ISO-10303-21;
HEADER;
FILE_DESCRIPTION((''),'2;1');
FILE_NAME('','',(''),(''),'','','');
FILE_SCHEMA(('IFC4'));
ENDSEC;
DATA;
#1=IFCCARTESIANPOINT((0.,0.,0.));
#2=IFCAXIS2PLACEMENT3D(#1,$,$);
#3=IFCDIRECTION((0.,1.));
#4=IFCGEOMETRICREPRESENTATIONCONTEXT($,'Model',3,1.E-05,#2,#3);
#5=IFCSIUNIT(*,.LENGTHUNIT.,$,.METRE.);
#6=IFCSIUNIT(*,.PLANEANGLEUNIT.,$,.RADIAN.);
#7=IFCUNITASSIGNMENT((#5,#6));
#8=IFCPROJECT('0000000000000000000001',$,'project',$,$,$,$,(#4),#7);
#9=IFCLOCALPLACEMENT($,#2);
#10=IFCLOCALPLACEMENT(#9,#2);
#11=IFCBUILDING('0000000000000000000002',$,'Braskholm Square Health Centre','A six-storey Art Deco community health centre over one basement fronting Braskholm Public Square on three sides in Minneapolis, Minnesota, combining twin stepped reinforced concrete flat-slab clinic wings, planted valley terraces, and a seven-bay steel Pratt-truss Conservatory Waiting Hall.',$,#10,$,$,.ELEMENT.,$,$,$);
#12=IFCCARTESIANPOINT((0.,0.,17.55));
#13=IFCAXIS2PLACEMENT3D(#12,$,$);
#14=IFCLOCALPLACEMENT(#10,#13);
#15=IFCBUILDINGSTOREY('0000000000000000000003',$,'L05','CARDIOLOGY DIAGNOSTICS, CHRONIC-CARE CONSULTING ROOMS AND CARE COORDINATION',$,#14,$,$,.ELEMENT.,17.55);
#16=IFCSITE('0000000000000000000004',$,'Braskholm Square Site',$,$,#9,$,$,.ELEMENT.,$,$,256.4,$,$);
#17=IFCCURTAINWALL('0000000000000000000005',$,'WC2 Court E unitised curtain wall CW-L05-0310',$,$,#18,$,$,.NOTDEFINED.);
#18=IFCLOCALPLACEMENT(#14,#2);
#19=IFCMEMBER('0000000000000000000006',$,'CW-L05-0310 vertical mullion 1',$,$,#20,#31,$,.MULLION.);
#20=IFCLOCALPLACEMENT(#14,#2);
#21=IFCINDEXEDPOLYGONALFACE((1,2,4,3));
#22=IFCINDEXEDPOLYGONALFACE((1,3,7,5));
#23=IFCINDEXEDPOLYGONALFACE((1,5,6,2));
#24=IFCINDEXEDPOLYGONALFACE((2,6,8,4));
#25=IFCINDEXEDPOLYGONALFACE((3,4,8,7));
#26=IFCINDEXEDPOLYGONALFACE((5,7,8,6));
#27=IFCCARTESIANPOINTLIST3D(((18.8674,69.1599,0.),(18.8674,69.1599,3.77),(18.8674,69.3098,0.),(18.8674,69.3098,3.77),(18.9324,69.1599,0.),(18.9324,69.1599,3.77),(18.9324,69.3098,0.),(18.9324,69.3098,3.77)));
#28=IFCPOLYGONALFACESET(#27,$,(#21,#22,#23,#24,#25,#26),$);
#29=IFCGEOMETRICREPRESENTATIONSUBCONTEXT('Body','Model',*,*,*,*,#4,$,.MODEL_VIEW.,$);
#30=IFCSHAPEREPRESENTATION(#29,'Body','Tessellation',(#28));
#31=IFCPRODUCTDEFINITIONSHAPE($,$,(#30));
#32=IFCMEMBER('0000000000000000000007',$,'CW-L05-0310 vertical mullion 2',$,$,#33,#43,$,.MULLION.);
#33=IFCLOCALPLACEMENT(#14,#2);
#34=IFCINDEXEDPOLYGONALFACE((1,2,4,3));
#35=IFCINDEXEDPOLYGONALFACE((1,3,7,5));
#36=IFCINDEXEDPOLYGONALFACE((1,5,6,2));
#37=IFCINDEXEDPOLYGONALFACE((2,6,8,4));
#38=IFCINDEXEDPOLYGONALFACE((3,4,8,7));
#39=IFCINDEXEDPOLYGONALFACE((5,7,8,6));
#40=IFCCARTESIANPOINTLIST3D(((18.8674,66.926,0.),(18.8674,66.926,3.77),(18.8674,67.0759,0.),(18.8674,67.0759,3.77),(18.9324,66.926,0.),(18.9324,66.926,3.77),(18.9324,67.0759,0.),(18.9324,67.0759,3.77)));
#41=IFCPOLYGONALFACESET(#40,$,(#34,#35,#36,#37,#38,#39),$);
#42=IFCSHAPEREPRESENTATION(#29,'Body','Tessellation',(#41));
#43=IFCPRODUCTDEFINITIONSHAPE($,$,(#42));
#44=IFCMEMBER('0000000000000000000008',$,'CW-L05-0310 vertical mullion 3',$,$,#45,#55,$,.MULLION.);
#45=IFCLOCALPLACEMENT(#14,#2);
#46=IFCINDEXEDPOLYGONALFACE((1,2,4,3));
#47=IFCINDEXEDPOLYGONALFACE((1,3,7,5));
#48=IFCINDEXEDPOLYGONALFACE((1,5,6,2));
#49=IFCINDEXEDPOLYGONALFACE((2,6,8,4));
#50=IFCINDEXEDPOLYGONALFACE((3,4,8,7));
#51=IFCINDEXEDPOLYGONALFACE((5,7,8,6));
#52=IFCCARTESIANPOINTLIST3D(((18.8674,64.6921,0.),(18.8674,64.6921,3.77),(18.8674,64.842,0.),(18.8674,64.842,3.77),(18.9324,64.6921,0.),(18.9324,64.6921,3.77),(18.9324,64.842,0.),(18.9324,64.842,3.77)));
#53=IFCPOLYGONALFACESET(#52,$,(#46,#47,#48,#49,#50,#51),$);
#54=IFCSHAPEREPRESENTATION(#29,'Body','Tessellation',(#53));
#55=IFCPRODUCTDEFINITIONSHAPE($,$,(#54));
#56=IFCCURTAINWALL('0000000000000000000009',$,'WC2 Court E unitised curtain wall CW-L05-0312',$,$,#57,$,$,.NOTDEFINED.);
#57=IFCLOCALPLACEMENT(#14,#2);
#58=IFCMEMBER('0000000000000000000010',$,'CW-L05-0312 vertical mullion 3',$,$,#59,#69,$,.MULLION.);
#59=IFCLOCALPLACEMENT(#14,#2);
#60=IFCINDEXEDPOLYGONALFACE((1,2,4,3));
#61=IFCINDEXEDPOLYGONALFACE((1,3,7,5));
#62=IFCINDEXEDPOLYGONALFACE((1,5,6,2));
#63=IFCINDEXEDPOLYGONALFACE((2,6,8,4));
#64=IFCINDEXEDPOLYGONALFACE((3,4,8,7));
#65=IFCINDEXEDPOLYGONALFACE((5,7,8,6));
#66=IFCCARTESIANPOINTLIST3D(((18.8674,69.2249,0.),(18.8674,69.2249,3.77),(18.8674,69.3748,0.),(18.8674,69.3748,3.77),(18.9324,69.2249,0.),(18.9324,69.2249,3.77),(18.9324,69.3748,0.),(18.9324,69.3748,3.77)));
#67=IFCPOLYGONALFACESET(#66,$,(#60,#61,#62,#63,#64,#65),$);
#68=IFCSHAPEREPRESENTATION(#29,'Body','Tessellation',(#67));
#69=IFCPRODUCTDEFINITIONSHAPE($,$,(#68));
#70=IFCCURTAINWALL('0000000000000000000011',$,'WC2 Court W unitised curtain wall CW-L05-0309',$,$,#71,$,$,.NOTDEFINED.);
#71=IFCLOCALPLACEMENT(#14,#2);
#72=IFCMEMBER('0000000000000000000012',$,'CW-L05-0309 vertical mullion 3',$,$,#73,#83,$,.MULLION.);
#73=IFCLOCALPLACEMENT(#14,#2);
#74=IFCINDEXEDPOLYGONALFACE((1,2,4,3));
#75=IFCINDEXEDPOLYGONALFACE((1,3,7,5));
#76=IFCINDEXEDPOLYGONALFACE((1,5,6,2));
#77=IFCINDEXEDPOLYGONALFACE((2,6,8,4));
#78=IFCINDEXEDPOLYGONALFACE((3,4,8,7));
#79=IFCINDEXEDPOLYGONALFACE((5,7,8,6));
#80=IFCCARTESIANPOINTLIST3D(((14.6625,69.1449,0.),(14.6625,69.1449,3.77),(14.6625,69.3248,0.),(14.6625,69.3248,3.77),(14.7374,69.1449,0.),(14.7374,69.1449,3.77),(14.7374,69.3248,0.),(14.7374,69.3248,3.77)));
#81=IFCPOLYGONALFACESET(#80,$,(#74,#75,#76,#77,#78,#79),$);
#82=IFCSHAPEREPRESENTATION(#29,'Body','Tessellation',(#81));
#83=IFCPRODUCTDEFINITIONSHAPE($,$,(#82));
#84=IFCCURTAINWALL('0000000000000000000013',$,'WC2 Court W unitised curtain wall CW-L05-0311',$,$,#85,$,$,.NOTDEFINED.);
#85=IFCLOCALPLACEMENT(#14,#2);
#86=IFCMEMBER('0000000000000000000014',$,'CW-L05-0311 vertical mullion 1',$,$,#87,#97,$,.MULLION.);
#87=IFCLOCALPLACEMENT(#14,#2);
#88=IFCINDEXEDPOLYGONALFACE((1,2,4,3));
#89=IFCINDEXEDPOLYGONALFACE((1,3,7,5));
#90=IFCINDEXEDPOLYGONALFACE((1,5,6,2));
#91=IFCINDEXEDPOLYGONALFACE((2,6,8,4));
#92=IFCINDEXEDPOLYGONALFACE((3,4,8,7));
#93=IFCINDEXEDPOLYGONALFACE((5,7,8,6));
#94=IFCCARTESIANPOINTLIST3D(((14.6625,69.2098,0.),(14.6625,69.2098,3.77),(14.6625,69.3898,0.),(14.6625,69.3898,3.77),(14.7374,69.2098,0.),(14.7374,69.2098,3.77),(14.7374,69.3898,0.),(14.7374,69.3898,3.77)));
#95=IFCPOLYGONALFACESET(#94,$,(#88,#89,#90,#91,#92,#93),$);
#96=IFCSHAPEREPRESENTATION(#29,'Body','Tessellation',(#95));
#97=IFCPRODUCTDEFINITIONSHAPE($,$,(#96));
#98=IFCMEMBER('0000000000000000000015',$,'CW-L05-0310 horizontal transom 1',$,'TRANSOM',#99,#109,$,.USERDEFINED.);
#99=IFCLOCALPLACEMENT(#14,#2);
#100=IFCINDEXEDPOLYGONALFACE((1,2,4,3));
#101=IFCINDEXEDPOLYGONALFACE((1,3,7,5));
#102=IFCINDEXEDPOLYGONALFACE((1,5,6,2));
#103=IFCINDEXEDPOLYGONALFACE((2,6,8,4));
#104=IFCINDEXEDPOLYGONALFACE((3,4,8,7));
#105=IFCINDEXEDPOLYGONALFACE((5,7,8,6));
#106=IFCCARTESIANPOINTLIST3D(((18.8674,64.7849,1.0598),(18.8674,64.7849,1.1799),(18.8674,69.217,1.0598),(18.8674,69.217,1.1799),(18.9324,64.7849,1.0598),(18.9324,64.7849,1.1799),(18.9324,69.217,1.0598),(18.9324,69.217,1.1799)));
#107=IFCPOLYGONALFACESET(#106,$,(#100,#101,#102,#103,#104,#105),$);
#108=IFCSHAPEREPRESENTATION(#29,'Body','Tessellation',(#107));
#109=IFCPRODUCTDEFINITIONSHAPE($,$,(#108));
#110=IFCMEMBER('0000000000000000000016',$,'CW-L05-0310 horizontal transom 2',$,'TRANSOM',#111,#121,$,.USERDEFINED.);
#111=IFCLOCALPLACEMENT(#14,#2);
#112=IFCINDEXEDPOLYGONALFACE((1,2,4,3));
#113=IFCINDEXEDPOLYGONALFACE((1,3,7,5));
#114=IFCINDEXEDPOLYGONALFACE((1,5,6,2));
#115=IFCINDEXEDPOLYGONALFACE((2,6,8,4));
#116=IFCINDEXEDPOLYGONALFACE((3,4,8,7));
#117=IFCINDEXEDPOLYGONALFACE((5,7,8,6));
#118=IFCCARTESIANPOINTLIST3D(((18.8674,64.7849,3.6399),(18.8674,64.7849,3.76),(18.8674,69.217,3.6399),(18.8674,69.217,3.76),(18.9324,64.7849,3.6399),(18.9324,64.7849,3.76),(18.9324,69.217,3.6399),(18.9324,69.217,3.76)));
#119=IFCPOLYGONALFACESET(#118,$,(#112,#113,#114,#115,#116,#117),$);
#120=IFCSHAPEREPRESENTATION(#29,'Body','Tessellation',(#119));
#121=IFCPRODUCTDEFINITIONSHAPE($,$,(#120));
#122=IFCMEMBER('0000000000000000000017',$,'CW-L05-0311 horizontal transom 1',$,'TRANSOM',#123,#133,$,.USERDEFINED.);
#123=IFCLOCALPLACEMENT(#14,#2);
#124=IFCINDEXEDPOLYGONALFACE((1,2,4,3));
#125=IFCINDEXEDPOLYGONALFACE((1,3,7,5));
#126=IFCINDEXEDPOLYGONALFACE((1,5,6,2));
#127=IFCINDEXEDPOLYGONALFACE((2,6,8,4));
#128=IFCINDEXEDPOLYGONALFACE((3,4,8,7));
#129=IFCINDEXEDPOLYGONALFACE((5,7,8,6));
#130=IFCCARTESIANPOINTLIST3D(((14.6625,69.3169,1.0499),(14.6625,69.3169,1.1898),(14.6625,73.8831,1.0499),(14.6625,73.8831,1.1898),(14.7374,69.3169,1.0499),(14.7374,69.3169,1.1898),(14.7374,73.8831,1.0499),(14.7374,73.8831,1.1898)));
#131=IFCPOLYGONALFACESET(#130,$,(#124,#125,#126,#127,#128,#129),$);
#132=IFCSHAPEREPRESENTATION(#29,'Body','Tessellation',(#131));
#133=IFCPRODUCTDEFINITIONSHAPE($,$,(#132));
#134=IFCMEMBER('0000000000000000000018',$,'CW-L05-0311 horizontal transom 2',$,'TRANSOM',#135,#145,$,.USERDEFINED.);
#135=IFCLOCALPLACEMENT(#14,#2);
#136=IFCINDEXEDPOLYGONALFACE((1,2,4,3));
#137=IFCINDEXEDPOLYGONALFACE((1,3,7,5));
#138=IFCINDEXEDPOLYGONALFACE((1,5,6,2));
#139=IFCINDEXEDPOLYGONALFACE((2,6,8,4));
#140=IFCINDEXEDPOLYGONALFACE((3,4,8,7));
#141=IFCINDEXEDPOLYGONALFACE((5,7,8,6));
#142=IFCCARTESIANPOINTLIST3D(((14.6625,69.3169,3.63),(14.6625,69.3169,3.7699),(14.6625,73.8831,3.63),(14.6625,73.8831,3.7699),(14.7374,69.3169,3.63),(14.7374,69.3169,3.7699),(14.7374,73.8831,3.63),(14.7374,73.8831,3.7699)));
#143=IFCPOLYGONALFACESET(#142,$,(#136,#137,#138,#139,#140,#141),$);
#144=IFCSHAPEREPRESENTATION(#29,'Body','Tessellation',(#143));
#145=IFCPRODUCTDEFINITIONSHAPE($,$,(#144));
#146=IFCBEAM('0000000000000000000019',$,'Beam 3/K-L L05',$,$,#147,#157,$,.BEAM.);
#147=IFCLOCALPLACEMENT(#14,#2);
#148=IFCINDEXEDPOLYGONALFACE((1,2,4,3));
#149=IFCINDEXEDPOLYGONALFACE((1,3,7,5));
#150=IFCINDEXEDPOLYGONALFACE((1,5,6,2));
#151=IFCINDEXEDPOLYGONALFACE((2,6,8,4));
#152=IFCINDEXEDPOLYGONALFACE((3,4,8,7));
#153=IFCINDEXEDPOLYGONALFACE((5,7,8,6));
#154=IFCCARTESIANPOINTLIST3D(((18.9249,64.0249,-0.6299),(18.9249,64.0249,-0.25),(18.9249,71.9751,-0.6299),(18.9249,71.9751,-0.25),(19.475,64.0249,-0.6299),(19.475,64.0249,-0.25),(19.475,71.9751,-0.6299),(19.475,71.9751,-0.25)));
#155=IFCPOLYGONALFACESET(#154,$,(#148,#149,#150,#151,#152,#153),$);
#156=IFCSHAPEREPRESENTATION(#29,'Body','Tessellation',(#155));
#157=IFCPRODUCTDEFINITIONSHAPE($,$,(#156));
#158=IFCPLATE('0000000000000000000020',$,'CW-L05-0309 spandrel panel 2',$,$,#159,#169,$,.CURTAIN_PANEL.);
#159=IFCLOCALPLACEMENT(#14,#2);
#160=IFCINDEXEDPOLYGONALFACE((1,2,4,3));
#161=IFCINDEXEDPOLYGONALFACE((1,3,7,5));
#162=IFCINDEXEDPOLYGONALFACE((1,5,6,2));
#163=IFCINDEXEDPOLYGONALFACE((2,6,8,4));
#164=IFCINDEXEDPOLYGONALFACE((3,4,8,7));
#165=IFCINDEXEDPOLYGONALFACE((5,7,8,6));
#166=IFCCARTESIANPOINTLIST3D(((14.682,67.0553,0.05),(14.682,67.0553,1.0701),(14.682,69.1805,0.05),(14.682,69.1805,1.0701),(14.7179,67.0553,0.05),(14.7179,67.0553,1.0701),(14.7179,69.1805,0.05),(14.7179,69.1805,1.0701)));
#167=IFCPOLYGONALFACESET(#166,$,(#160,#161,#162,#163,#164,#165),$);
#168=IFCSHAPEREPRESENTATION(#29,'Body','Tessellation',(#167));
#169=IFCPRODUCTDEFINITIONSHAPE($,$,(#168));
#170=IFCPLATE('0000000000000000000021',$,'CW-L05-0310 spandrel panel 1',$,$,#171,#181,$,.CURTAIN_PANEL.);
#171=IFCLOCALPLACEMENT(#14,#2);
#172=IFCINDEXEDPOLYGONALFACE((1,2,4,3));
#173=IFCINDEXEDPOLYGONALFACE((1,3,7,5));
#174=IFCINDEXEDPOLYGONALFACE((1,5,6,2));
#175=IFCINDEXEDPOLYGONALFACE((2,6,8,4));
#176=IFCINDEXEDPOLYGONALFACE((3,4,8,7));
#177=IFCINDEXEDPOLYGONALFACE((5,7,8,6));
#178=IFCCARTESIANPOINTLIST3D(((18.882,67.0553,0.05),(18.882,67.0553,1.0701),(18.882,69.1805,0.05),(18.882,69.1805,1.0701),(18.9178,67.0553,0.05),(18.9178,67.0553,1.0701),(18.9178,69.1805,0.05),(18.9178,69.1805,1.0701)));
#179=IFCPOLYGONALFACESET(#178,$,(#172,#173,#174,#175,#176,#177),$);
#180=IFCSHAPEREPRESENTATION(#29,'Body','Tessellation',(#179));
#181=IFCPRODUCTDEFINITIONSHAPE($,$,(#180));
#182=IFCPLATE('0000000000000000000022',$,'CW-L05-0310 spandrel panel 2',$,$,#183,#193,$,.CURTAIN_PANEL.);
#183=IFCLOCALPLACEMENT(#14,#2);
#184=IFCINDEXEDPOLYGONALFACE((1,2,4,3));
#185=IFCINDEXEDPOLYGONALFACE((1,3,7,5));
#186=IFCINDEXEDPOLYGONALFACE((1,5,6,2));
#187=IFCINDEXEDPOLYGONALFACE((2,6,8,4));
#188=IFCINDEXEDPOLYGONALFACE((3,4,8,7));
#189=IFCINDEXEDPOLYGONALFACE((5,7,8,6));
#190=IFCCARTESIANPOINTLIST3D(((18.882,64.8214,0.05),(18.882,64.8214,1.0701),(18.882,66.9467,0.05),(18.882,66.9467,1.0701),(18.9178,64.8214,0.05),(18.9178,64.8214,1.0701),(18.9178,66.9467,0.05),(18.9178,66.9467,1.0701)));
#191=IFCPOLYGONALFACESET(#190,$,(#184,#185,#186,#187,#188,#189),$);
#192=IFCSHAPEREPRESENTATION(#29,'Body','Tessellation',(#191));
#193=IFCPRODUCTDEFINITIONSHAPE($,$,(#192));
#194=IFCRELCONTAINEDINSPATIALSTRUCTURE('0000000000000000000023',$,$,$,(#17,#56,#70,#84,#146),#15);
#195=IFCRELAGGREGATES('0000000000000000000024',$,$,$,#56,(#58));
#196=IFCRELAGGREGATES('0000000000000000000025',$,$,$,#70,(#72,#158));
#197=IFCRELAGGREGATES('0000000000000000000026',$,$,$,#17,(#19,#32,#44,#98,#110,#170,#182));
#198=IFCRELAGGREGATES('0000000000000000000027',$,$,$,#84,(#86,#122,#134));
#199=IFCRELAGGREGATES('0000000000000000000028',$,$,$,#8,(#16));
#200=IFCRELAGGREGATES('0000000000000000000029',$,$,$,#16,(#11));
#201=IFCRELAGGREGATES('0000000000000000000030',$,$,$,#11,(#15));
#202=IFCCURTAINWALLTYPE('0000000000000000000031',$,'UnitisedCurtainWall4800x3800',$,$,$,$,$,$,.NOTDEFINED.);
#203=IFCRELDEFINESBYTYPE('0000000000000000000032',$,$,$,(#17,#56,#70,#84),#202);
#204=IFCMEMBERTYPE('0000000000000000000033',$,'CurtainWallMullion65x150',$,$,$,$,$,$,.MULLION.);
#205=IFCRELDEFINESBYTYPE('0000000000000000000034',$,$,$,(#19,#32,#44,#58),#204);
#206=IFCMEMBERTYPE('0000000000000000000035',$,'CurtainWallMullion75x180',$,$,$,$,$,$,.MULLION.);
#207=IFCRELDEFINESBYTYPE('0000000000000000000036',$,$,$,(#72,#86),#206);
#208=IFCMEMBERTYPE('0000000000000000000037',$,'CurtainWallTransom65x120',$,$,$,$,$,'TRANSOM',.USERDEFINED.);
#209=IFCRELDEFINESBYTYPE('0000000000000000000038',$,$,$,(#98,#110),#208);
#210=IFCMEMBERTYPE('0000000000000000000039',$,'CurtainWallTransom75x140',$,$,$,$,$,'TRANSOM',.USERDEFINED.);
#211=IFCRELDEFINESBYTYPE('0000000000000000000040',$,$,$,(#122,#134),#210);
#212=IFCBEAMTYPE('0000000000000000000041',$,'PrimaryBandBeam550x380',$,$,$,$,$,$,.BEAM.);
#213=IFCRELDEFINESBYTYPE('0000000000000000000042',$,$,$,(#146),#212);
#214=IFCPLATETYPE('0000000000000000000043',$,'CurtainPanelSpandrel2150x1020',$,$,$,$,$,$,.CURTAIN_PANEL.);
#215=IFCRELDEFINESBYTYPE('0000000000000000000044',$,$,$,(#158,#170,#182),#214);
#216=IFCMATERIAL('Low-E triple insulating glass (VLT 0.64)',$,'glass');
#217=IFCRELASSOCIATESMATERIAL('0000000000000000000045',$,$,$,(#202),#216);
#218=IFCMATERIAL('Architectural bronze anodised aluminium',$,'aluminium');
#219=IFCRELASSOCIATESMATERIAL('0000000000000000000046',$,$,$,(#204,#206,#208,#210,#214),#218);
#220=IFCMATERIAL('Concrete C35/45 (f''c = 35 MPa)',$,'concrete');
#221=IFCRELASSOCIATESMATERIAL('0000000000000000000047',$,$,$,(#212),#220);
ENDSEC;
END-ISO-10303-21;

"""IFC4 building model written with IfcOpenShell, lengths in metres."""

from ifc_helpers import new_model, si_unit, direction, frame, origin, origin_2d, place, context, subcontext, project, spatial, rectangle, extrude, material, material_profile, profile_set, type_object, element, aggregate, save


model = new_model("IFC4")

# Units and contexts
model_context = context("Model", 3, precision=1e-05, world=origin(), true_north=direction((0.0, 1.0)))
body_context = subcontext(model_context, "Body", "Model", "MODEL_VIEW")
ifc_project = project(units=[si_unit("LENGTHUNIT", "METRE"), si_unit("PLANEANGLEUNIT", "RADIAN")], contexts=[model_context])

# Site, building, storey
site_placement = place(None, origin())
site = spatial("IfcSite", under=ifc_project, at=site_placement, Name="Braskholm Square Site", CompositionType="ELEMENT", RefElevation=256.4)
building_placement = place(site_placement, origin())
building = spatial("IfcBuilding", under=site, at=building_placement, Name="Braskholm Square Health Centre", Description="A six-storey Art Deco community health centre over one basement fronting Braskholm Public Square on three sides in Minneapolis, Minnesota, combining twin stepped reinforced concrete flat-slab clinic wings, planted valley terraces, and a seven-bay steel Pratt-truss Conservatory Waiting Hall.", CompositionType="ELEMENT")
storey_placement = place(building_placement, frame((0.0, 0.0, 17.55)))
storey = spatial("IfcBuildingStorey", under=building, at=storey_placement, Name="L05", Description="CARDIOLOGY DIAGNOSTICS, CHRONIC-CARE CONSULTING ROOMS AND CARE COORDINATION", CompositionType="ELEMENT", Elevation=17.55)

# Curtain wall, members
ifc_material_1 = material(Name="Low-E triple insulating glass (VLT 0.64)", Category="glass")
curtain_wall_type = type_object("IfcCurtainWallType", Name="UnitisedCurtainWall4800x3800", PredefinedType="NOTDEFINED", material=ifc_material_1)
curtain_wall_1_placement = place(storey_placement, origin())
curtain_wall_1 = element("IfcCurtainWall", 1, at=curtain_wall_1_placement, inside=storey, type_object=curtain_wall_type, Name="WC2 Court E unitised curtain wall CW-L05-0310", PredefinedType="NOTDEFINED")
ifc_material_2 = material(Name="Architectural bronze anodised aluminium", Category="aluminium")
ifc_material_profile_1 = material_profile(ifc_material_2, rectangle(XDim=0.0649, YDim=0.1499, at=origin_2d()), Name="ALU-65X150")
ifc_profile_set_1 = profile_set([ifc_material_profile_1], Name="Architectural bronze anodised aluminium")
member_type_1 = type_object("IfcMemberType", Name="CurtainWallMullion65x150", PredefinedType="MULLION", material=ifc_profile_set_1)
member_1_placement = place(storey_placement, frame((18.8999, 69.2349, 0.0), z_axis=(0.0, 0.0, 1.0), x_axis=(1.0, 0.0, 0.0)))
member_1 = element("IfcMember", 2, at=member_1_placement, type_object=member_type_1, Name="CW-L05-0310 vertical mullion 1", PredefinedType="MULLION", context=body_context, shape_type="SweptSolid", body=[
    extrude(rectangle(XDim=0.0649, YDim=0.1499, at=origin_2d()), origin(), (0.0, 0.0, 1.0), 3.77),
])
member_2_placement = place(storey_placement, frame((18.8999, 67.001, 0.0), z_axis=(0.0, 0.0, 1.0), x_axis=(1.0, 0.0, 0.0)))
member_2 = element("IfcMember", 3, at=member_2_placement, type_object=member_type_1, Name="CW-L05-0310 vertical mullion 2", PredefinedType="MULLION", context=body_context, shape_type="SweptSolid", body=[
    extrude(rectangle(XDim=0.0649, YDim=0.1499, at=origin_2d()), origin(), (0.0, 0.0, 1.0), 3.77),
])
member_3_placement = place(storey_placement, frame((18.8999, 64.7671, 0.0), z_axis=(0.0, 0.0, 1.0), x_axis=(1.0, 0.0, 0.0)))
member_3 = element("IfcMember", 4, at=member_3_placement, type_object=member_type_1, Name="CW-L05-0310 vertical mullion 3", PredefinedType="MULLION", context=body_context, shape_type="SweptSolid", body=[
    extrude(rectangle(XDim=0.0649, YDim=0.1499, at=origin_2d()), origin(), (0.0, 0.0, 1.0), 3.77),
])

# Curtain walls, members
curtain_wall_2_placement = place(storey_placement, origin())
curtain_wall_2 = element("IfcCurtainWall", 5, at=curtain_wall_2_placement, inside=storey, type_object=curtain_wall_type, Name="WC2 Court E unitised curtain wall CW-L05-0312", PredefinedType="NOTDEFINED")
member_4_placement = place(storey_placement, frame((18.8999, 69.2998, 0.0), z_axis=(0.0, 0.0, 1.0), x_axis=(1.0, 0.0, 0.0)))
member_4 = element("IfcMember", 6, at=member_4_placement, type_object=member_type_1, Name="CW-L05-0312 vertical mullion 3", PredefinedType="MULLION", context=body_context, shape_type="SweptSolid", body=[
    extrude(rectangle(XDim=0.0649, YDim=0.1499, at=origin_2d()), origin(), (0.0, 0.0, 1.0), 3.77),
])
curtain_wall_3_placement = place(storey_placement, origin())
curtain_wall_3 = element("IfcCurtainWall", 7, at=curtain_wall_3_placement, inside=storey, type_object=curtain_wall_type, Name="WC2 Court W unitised curtain wall CW-L05-0309", PredefinedType="NOTDEFINED")
ifc_material_profile_2 = material_profile(ifc_material_2, rectangle(XDim=0.075, YDim=0.1799, at=origin_2d()), Name="ALU-75X180")
ifc_profile_set_2 = profile_set([ifc_material_profile_2], Name="Architectural bronze anodised aluminium")
member_type_2 = type_object("IfcMemberType", Name="CurtainWallMullion75x180", PredefinedType="MULLION", material=ifc_profile_set_2)
member_5_placement = place(storey_placement, frame((14.7, 69.2349, 0.0), z_axis=(0.0, 0.0, 1.0), x_axis=(1.0, 0.0, 0.0)))
member_5 = element("IfcMember", 8, at=member_5_placement, type_object=member_type_2, Name="CW-L05-0309 vertical mullion 3", PredefinedType="MULLION", context=body_context, shape_type="SweptSolid", body=[
    extrude(rectangle(XDim=0.075, YDim=0.1799, at=origin_2d()), origin(), (0.0, 0.0, 1.0), 3.77),
])
curtain_wall_4_placement = place(storey_placement, origin())
curtain_wall_4 = element("IfcCurtainWall", 9, at=curtain_wall_4_placement, inside=storey, type_object=curtain_wall_type, Name="WC2 Court W unitised curtain wall CW-L05-0311", PredefinedType="NOTDEFINED")
member_6_placement = place(storey_placement, frame((14.7, 69.2998, 0.0), z_axis=(0.0, 0.0, 1.0), x_axis=(1.0, 0.0, 0.0)))
member_6 = element("IfcMember", 10, at=member_6_placement, type_object=member_type_2, Name="CW-L05-0311 vertical mullion 1", PredefinedType="MULLION", context=body_context, shape_type="SweptSolid", body=[
    extrude(rectangle(XDim=0.075, YDim=0.1799, at=origin_2d()), origin(), (0.0, 0.0, 1.0), 3.77),
])

# Members
ifc_material_profile_3 = material_profile(ifc_material_2, rectangle(XDim=0.0649, YDim=0.1201, at=origin_2d()), Name="ALU-65X120")
ifc_profile_set_3 = profile_set([ifc_material_profile_3], Name="Architectural bronze anodised aluminium")
member_type_3 = type_object("IfcMemberType", Name="CurtainWallTransom65x120", ElementType="TRANSOM", PredefinedType="USERDEFINED", material=ifc_profile_set_3)
member_7_placement = place(storey_placement, frame((18.8999, 69.217, 1.1199), z_axis=(0.0, -1.0, 0.0), x_axis=(1.0, 0.0, 0.0)))
member_7 = element("IfcMember", 11, at=member_7_placement, type_object=member_type_3, Name="CW-L05-0310 horizontal transom 1", ObjectType="TRANSOM", PredefinedType="USERDEFINED", context=body_context, shape_type="SweptSolid", body=[
    extrude(rectangle(XDim=0.0649, YDim=0.1201, at=origin_2d()), origin(), (0.0, 0.0, 1.0), 4.4321),
])
member_8_placement = place(storey_placement, frame((18.8999, 69.217, 3.7), z_axis=(0.0, -1.0, 0.0), x_axis=(1.0, 0.0, 0.0)))
member_8 = element("IfcMember", 12, at=member_8_placement, type_object=member_type_3, Name="CW-L05-0310 horizontal transom 2", ObjectType="TRANSOM", PredefinedType="USERDEFINED", context=body_context, shape_type="SweptSolid", body=[
    extrude(rectangle(XDim=0.0649, YDim=0.1201, at=origin_2d()), origin(), (0.0, 0.0, 1.0), 4.4321),
])
ifc_material_profile_4 = material_profile(ifc_material_2, rectangle(XDim=0.075, YDim=0.1399, at=origin_2d()), Name="ALU-75X140")
ifc_profile_set_4 = profile_set([ifc_material_profile_4], Name="Architectural bronze anodised aluminium")
member_type_4 = type_object("IfcMemberType", Name="CurtainWallTransom75x140", ElementType="TRANSOM", PredefinedType="USERDEFINED", material=ifc_profile_set_4)
member_9_placement = place(storey_placement, frame((14.7, 69.3169, 1.1199), z_axis=(0.0, 1.0, 0.0), x_axis=(-1.0, 0.0, 0.0)))
member_9 = element("IfcMember", 13, at=member_9_placement, type_object=member_type_4, Name="CW-L05-0311 horizontal transom 1", ObjectType="TRANSOM", PredefinedType="USERDEFINED", context=body_context, shape_type="SweptSolid", body=[
    extrude(rectangle(XDim=0.075, YDim=0.1399, at=origin_2d()), origin(), (0.0, 0.0, 1.0), 4.5662),
])
member_10_placement = place(storey_placement, frame((14.7, 69.3169, 3.7), z_axis=(0.0, 1.0, 0.0), x_axis=(-1.0, 0.0, 0.0)))
member_10 = element("IfcMember", 14, at=member_10_placement, type_object=member_type_4, Name="CW-L05-0311 horizontal transom 2", ObjectType="TRANSOM", PredefinedType="USERDEFINED", context=body_context, shape_type="SweptSolid", body=[
    extrude(rectangle(XDim=0.075, YDim=0.1399, at=origin_2d()), origin(), (0.0, 0.0, 1.0), 4.5662),
])

# Beam
ifc_material_3 = material(Name="Concrete C35/45 (f'c = 35 MPa)", Category="concrete")
ifc_material_profile_5 = material_profile(ifc_material_3, rectangle(XDim=0.55, YDim=0.3799, at=origin_2d()), Name="RCB-550X380")
ifc_profile_set_5 = profile_set([ifc_material_profile_5], Name="Concrete C35/45 (f'c = 35 MPa)")
beam_type = type_object("IfcBeamType", Name="PrimaryBandBeam550x380", PredefinedType="BEAM", material=ifc_profile_set_5)
beam_placement = place(storey_placement, frame((19.2, 64.0249, -0.4399), z_axis=(0.0, 1.0, 0.0), x_axis=(-1.0, 0.0, 0.0)))
element("IfcBeam", 15, at=beam_placement, inside=storey, type_object=beam_type, Name="Beam 3/K-L L05", PredefinedType="BEAM", context=body_context, shape_type="SweptSolid", body=[
    extrude(rectangle(XDim=0.55, YDim=0.3799, at=origin_2d()), origin(), (0.0, 0.0, 1.0), 7.9502),
])

# Plates
plate_type_1 = type_object("IfcPlateType", Name="CurtainPanelSpandrel2150x1020", PredefinedType="CURTAIN_PANEL", material=ifc_material_2)
plate_1_placement = place(storey_placement, frame((14.7, 68.1179, 0.05), z_axis=(0.0, 0.0, 1.0), x_axis=(0.0, 1.0, 0.0)))
plate_1 = element("IfcPlate", 16, at=plate_1_placement, type_object=plate_type_1, Name="CW-L05-0309 spandrel panel 2", PredefinedType="CURTAIN_PANEL", context=body_context, shape_type="SweptSolid", body=[
    extrude(rectangle(XDim=2.1252, YDim=0.0359, at=origin_2d()), origin(), (0.0, 0.0, 1.0), 1.02),
])
plate_2_placement = place(storey_placement, frame((18.8999, 68.1179, 0.05), z_axis=(0.0, 0.0, 1.0), x_axis=(0.0, -1.0, 0.0)))
plate_2 = element("IfcPlate", 17, at=plate_2_placement, type_object=plate_type_1, Name="CW-L05-0310 spandrel panel 1", PredefinedType="CURTAIN_PANEL", context=body_context, shape_type="SweptSolid", body=[
    extrude(rectangle(XDim=2.1252, YDim=0.0359, at=origin_2d()), origin(), (0.0, 0.0, 1.0), 1.02),
])
plate_3_placement = place(storey_placement, frame((18.8999, 65.884, 0.05), z_axis=(0.0, 0.0, 1.0), x_axis=(0.0, -1.0, 0.0)))
plate_3 = element("IfcPlate", 18, at=plate_3_placement, type_object=plate_type_1, Name="CW-L05-0310 spandrel panel 2", PredefinedType="CURTAIN_PANEL", context=body_context, shape_type="SweptSolid", body=[
    extrude(rectangle(XDim=2.1252, YDim=0.0359, at=origin_2d()), origin(), (0.0, 0.0, 1.0), 1.02),
])
aggregate(curtain_wall_2, [member_4])
aggregate(curtain_wall_3, [member_5, plate_1])
aggregate(curtain_wall_1, [member_1, member_2, member_3, member_7, member_8, plate_2, plate_3])
aggregate(curtain_wall_4, [member_6, member_9, member_10])

save(model, "model.ifc")
